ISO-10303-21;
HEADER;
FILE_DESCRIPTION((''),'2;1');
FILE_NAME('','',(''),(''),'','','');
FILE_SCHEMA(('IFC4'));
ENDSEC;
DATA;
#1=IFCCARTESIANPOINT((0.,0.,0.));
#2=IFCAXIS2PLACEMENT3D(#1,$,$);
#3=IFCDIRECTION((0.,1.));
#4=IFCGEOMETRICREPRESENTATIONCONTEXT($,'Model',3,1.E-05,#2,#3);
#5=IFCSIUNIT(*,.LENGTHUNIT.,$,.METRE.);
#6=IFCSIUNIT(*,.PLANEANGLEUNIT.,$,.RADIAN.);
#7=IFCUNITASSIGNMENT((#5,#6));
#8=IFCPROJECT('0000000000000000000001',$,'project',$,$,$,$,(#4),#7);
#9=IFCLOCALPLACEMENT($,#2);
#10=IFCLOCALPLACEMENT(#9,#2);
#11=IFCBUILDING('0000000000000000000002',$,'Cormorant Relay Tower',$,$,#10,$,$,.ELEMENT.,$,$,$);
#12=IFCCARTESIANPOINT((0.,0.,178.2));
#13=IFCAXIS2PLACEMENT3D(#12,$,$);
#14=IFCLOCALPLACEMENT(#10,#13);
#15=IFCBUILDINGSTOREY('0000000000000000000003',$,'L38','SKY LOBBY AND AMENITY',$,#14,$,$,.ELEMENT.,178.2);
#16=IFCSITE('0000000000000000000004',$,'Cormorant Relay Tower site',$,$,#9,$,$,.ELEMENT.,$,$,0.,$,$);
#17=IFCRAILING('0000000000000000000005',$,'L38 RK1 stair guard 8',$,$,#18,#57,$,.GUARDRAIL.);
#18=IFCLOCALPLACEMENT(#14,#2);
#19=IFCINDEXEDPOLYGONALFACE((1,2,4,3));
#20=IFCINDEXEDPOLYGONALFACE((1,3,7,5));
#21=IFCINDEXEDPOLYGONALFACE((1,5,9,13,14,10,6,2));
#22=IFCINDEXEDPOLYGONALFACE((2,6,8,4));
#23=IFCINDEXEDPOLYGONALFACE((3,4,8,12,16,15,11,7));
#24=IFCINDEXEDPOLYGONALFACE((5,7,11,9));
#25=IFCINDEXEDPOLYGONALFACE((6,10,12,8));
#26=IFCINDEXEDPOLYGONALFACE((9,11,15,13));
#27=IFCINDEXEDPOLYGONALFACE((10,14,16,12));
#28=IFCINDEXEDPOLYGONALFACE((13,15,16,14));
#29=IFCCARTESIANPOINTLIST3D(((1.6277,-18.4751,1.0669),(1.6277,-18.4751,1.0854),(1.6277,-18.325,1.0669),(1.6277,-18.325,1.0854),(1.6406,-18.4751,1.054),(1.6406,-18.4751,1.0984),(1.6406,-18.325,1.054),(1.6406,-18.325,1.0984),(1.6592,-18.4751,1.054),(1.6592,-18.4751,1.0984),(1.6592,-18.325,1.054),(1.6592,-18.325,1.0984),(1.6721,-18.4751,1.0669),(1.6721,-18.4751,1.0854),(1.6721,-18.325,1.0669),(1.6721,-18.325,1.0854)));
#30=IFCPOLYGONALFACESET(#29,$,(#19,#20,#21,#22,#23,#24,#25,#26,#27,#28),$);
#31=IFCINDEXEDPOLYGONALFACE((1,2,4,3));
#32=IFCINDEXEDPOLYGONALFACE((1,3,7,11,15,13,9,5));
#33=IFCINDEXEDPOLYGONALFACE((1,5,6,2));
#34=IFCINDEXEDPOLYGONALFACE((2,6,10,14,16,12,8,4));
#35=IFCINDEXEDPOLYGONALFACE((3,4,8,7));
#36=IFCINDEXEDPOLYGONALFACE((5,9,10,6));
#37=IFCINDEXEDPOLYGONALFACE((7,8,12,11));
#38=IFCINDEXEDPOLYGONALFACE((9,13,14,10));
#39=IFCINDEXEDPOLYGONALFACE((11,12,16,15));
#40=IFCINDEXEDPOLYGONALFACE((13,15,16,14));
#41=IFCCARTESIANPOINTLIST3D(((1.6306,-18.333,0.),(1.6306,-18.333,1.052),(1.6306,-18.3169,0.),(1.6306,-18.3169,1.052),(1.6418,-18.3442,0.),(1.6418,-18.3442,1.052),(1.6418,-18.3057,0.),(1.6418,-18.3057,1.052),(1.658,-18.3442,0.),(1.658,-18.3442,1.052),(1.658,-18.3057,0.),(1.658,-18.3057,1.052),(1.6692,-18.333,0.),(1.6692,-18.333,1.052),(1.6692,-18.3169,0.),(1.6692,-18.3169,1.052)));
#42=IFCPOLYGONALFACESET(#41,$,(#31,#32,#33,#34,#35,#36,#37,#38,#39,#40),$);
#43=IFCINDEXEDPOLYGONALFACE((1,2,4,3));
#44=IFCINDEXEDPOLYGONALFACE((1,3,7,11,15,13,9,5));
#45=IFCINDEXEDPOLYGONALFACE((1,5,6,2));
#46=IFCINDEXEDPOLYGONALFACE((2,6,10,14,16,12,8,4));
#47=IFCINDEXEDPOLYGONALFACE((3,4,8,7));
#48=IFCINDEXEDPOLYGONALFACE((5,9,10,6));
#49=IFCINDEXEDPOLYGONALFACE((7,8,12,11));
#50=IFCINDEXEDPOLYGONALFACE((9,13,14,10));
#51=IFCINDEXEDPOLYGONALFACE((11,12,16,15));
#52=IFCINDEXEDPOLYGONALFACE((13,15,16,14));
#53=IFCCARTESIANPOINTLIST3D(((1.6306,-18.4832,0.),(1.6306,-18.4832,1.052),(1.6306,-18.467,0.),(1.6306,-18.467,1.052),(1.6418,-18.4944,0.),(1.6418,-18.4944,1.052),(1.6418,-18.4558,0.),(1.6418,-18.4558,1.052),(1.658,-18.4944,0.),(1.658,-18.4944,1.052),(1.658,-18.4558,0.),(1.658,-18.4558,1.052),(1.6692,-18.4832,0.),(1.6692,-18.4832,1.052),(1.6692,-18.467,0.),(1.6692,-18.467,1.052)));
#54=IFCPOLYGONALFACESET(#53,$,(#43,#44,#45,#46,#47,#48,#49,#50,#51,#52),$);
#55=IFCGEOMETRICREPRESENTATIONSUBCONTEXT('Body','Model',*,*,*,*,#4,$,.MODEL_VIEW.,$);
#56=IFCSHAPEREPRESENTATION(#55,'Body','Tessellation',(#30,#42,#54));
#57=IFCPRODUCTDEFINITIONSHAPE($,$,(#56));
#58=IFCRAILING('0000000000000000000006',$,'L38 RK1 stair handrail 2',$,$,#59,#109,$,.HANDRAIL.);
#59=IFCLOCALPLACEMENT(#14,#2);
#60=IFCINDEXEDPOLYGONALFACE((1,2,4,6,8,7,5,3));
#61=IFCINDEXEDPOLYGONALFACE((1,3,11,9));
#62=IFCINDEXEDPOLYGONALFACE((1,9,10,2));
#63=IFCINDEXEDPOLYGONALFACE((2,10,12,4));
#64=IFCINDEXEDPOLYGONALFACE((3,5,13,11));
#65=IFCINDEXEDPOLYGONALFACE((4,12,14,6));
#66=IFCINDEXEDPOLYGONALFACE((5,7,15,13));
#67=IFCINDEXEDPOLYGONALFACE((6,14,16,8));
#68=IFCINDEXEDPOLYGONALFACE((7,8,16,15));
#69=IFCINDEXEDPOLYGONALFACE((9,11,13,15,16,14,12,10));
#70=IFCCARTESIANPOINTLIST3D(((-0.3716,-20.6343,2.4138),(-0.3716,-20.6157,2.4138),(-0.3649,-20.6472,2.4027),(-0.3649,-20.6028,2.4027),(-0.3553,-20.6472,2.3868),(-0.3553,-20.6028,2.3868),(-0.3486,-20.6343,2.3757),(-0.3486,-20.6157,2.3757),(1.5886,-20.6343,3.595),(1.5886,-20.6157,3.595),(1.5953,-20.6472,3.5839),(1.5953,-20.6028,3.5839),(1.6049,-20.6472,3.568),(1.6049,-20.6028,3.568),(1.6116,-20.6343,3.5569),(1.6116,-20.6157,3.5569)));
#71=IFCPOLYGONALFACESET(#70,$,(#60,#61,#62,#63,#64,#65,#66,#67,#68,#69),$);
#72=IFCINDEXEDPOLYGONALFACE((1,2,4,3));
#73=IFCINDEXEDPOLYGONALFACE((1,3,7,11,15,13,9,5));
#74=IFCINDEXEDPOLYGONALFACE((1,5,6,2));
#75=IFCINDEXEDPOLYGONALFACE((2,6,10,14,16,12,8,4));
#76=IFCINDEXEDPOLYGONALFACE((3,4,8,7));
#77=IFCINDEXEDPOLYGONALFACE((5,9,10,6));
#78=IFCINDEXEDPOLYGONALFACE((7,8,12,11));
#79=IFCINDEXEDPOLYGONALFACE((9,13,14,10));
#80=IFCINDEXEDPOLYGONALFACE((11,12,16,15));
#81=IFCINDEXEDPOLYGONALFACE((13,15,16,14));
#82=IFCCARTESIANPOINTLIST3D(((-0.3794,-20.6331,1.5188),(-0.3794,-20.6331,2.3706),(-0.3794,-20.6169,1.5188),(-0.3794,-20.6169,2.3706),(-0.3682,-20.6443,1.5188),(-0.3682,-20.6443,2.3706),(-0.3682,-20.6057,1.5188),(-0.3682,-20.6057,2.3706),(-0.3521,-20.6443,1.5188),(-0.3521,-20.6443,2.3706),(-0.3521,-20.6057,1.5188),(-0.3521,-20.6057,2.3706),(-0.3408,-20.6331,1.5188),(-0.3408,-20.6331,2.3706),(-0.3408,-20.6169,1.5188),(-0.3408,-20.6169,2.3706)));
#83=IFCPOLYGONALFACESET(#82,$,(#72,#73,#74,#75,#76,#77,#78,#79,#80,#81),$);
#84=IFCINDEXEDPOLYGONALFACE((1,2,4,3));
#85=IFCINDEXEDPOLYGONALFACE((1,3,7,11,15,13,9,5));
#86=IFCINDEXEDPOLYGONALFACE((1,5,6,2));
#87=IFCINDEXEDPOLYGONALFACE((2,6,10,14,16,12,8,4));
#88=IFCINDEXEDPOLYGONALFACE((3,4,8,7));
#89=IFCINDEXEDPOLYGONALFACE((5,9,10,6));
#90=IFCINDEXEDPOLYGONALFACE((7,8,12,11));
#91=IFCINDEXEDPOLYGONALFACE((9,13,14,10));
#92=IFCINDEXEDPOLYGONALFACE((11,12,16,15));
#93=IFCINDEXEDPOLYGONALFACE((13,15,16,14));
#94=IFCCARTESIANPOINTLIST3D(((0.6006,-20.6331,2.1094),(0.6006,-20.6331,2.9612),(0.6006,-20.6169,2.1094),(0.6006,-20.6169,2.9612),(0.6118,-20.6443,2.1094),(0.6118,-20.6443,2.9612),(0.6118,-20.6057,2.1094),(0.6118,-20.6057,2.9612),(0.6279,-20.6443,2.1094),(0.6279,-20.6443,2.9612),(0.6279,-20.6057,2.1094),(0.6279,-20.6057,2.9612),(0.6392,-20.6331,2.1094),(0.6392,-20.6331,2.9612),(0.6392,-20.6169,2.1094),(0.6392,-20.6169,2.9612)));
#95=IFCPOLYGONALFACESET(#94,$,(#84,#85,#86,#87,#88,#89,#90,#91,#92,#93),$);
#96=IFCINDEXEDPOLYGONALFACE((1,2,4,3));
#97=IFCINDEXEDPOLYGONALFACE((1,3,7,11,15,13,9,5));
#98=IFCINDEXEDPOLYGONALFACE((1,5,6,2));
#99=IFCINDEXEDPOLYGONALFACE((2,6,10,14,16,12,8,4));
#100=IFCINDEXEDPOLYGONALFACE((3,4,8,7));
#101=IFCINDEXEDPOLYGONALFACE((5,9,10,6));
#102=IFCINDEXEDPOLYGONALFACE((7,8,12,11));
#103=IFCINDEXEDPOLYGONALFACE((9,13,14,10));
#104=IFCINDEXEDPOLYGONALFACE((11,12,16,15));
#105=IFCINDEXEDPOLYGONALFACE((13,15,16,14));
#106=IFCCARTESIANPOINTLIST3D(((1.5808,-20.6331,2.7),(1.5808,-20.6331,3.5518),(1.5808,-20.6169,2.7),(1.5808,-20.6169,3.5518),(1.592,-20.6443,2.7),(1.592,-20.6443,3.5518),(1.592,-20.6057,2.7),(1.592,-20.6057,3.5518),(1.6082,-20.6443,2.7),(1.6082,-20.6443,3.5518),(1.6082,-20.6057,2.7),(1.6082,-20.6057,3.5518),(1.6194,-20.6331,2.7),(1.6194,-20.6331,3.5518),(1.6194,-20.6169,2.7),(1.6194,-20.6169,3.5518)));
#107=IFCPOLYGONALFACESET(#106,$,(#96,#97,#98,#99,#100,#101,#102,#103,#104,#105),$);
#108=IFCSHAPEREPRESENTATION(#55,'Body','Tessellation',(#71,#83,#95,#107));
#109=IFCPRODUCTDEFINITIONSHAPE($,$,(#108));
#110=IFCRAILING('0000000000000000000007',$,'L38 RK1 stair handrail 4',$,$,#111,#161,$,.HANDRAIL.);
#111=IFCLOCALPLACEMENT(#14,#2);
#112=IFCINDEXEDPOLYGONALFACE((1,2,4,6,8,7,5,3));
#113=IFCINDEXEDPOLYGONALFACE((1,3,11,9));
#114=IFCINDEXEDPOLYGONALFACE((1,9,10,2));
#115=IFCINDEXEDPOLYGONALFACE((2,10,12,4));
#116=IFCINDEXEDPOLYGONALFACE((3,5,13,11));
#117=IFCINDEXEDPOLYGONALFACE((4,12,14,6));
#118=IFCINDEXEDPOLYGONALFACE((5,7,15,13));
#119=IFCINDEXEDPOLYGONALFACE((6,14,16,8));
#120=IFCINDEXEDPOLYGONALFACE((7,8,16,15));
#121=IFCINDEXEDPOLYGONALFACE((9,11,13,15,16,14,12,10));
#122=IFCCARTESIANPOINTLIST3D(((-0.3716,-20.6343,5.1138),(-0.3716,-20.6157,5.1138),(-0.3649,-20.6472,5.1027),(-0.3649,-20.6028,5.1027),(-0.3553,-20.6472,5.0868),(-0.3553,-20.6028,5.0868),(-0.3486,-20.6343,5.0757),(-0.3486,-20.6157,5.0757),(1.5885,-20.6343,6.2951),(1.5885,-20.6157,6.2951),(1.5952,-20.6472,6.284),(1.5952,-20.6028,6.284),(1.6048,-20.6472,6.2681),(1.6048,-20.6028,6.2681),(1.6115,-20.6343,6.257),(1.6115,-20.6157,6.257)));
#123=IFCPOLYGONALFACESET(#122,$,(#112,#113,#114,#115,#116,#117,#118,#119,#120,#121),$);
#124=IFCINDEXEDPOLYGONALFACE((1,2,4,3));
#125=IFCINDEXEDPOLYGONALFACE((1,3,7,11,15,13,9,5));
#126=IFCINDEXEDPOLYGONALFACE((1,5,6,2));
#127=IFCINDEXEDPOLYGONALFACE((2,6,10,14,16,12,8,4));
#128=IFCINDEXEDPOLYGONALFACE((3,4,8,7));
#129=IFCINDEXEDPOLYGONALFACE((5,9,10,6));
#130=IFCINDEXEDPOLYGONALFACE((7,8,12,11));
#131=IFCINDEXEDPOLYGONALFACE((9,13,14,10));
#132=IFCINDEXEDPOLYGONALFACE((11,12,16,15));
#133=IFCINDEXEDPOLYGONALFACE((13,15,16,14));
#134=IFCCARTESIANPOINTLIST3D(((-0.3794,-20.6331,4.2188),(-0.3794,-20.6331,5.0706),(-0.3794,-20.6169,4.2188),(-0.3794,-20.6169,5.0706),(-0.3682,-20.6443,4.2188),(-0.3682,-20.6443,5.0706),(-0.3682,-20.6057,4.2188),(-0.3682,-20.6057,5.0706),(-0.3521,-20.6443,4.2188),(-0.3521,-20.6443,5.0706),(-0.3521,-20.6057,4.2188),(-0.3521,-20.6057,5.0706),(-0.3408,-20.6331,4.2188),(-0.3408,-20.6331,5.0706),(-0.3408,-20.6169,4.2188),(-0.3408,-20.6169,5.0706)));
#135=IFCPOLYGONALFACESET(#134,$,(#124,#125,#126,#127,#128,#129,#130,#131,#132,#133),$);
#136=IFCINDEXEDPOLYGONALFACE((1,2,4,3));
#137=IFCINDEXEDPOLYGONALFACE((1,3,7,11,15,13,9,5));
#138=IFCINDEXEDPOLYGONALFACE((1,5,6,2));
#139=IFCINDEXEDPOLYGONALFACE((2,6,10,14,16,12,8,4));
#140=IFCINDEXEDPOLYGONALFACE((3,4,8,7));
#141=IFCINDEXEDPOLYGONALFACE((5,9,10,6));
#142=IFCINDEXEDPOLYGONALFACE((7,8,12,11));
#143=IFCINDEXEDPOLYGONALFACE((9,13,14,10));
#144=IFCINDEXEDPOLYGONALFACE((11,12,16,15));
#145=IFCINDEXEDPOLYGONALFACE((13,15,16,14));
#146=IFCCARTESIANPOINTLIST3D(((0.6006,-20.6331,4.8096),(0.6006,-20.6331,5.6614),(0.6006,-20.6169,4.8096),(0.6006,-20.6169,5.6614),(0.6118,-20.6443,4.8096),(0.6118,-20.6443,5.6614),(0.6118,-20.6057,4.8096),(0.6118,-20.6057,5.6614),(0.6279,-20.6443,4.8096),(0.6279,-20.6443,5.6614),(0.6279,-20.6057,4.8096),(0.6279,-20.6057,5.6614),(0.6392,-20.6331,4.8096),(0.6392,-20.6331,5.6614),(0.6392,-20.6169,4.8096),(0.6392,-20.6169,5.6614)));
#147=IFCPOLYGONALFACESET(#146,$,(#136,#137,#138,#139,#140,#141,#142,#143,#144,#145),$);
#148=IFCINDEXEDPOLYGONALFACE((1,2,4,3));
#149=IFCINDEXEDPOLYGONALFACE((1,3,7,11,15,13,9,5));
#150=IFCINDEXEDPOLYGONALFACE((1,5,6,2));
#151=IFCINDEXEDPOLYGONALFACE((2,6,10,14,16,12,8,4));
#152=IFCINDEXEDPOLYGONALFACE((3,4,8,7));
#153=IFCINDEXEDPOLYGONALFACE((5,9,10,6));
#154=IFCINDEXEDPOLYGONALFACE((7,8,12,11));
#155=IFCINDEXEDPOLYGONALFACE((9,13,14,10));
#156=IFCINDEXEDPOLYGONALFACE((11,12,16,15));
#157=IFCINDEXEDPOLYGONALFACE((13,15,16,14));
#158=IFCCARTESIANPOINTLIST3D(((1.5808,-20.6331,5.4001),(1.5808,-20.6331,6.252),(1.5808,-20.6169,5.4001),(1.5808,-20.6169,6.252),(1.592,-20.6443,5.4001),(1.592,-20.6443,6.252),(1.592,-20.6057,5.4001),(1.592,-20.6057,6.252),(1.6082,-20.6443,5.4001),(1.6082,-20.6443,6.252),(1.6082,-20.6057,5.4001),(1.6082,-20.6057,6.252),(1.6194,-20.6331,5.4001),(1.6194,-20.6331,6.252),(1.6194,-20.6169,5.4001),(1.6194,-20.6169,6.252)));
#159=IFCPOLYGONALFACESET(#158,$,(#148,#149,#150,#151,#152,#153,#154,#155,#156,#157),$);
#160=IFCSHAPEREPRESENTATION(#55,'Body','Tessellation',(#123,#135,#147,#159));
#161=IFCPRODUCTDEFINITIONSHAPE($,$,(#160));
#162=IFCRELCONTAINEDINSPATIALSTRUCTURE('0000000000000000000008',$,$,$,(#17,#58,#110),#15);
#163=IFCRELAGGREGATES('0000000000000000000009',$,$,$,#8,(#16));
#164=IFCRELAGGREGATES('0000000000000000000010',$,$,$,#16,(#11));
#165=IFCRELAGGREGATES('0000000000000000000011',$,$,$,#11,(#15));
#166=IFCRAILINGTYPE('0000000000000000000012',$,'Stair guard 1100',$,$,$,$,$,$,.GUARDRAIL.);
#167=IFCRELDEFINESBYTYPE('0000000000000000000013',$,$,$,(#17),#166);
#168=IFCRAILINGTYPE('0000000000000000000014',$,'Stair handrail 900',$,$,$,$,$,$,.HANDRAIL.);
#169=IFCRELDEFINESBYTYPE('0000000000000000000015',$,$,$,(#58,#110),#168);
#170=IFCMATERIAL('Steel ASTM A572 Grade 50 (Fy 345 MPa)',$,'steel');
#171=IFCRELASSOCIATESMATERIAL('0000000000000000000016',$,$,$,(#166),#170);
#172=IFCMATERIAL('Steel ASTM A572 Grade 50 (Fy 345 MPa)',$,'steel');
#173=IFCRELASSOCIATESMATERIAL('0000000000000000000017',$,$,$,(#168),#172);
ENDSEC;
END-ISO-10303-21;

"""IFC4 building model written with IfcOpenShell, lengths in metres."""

from ifc_helpers import new_model, si_unit, direction, frame, origin, place, context, subcontext, project, spatial, polyline, outline, extrude, material, type_object, element, save


model = new_model("IFC4")

# Units and contexts
model_context = context("Model", 3, precision=1e-05, world=origin(), true_north=direction((0.0, 1.0)))
body_context = subcontext(model_context, "Body", "Model", "MODEL_VIEW")
ifc_project = project(units=[si_unit("LENGTHUNIT", "METRE"), si_unit("PLANEANGLEUNIT", "RADIAN")], contexts=[model_context])

# Site, building, storey
site_placement = place(None, origin())
site = spatial("IfcSite", under=ifc_project, at=site_placement, Name="Cormorant Relay Tower site", CompositionType="ELEMENT", RefElevation=0.0)
building_placement = place(site_placement, origin())
building = spatial("IfcBuilding", under=site, at=building_placement, Name="Cormorant Relay Tower", CompositionType="ELEMENT")
storey_placement = place(building_placement, frame((0.0, 0.0, 178.2)))
storey = spatial("IfcBuildingStorey", under=building, at=storey_placement, Name="L38", Description="SKY LOBBY AND AMENITY", CompositionType="ELEMENT", Elevation=178.2)

# Railings
ifc_material_1 = material(Name="Steel ASTM A572 Grade 50 (Fy 345 MPa)", Category="steel")
railing_type_1 = type_object("IfcRailingType", Name="Stair guard 1100", PredefinedType="GUARDRAIL", material=ifc_material_1)
railing_1_placement = place(storey_placement, frame((1.6499, -18.325, 0.0)))
element("IfcRailing", 1, at=railing_1_placement, inside=storey, type_object=railing_type_1, Name="L38 RK1 stair guard 8", PredefinedType="GUARDRAIL", context=body_context, shape_type="SweptSolid", body=[
    extrude(outline(polyline([(0.0222, 0.0093), (0.0093, 0.0222), (-0.0093, 0.0222), (-0.0222, 0.0093), (-0.0222, -0.0093), (-0.0093, -0.0222), (0.0093, -0.0222), (0.0222, -0.0093), (0.0222, 0.0093)])), frame((0.0, 0.0, 1.0762), z_axis=(0.0, -1.0, 0.0), x_axis=(1.0, 0.0, 0.0)), (0.0, 0.0, 1.0), 0.1501),
    extrude(outline(polyline([(0.0193, 0.0081), (0.0081, 0.0193), (-0.0081, 0.0193), (-0.0193, 0.0081), (-0.0193, -0.0081), (-0.0081, -0.0193), (0.0081, -0.0193), (0.0193, -0.0081), (0.0193, 0.0081)])), origin(), (0.0, 0.0, 1.0), 1.052),
    extrude(outline(polyline([(0.0193, 0.0081), (0.0081, 0.0193), (-0.0081, 0.0193), (-0.0193, 0.0081), (-0.0193, -0.0081), (-0.0081, -0.0193), (0.0081, -0.0193), (0.0193, -0.0081), (0.0193, 0.0081)])), frame((0.0, -0.1501, 0.0)), (0.0, 0.0, 1.0), 1.052),
])
ifc_material_2 = material(Name="Steel ASTM A572 Grade 50 (Fy 345 MPa)", Category="steel")
railing_type_2 = type_object("IfcRailingType", Name="Stair handrail 900", PredefinedType="HANDRAIL", material=ifc_material_2)
railing_2_placement = place(storey_placement, frame((-0.3601, -20.625, 1.5188)))
element("IfcRailing", 2, at=railing_2_placement, inside=storey, type_object=railing_type_2, Name="L38 RK1 stair handrail 2", PredefinedType="HANDRAIL", context=body_context, shape_type="SweptSolid", body=[
    extrude(outline(polyline([(0.0222, 0.0093), (0.0093, 0.0222), (-0.0093, 0.0222), (-0.0222, 0.0093), (-0.0222, -0.0093), (-0.0093, -0.0222), (0.0093, -0.0222), (0.0222, -0.0093), (0.0222, 0.0093)])), frame((0.0, 0.0, 0.876), z_axis=(0.856522, 0.0, 0.516111), x_axis=(0.0, 1.0, 0.0)), (0.0, 0.0, 1.0), 2.2886),
    extrude(outline(polyline([(0.0193, 0.0081), (0.0081, 0.0193), (-0.0081, 0.0193), (-0.0193, 0.0081), (-0.0193, -0.0081), (-0.0081, -0.0193), (0.0081, -0.0193), (0.0193, -0.0081), (0.0193, 0.0081)])), origin(), (0.0, 0.0, 1.0), 0.8518),
    extrude(outline(polyline([(0.0193, 0.0081), (0.0081, 0.0193), (-0.0081, 0.0193), (-0.0193, 0.0081), (-0.0193, -0.0081), (-0.0081, -0.0193), (0.0081, -0.0193), (0.0193, -0.0081), (0.0193, 0.0081)])), frame((0.98, 0.0, 0.5906)), (0.0, 0.0, 1.0), 0.8518),
    extrude(outline(polyline([(0.0193, 0.0081), (0.0081, 0.0193), (-0.0081, 0.0193), (-0.0193, 0.0081), (-0.0193, -0.0081), (-0.0081, -0.0193), (0.0081, -0.0193), (0.0193, -0.0081), (0.0193, 0.0081)])), frame((1.9602, 0.0, 1.1812)), (0.0, 0.0, 1.0), 0.8518),
])
railing_3_placement = place(storey_placement, frame((-0.3601, -20.625, 4.2188)))
element("IfcRailing", 3, at=railing_3_placement, inside=storey, type_object=railing_type_2, Name="L38 RK1 stair handrail 4", PredefinedType="HANDRAIL", context=body_context, shape_type="SweptSolid", body=[
    extrude(outline(polyline([(0.0222, 0.0093), (0.0093, 0.0222), (-0.0093, 0.0222), (-0.0222, 0.0093), (-0.0222, -0.0093), (-0.0093, -0.0222), (0.0093, -0.0222), (0.0222, -0.0093), (0.0222, 0.0093)])), frame((0.0, 0.0, 0.876), z_axis=(0.856475, 0.0, 0.516189), x_axis=(0.0, 1.0, 0.0)), (0.0, 0.0, 1.0), 2.2886),
    extrude(outline(polyline([(0.0193, 0.0081), (0.0081, 0.0193), (-0.0081, 0.0193), (-0.0193, 0.0081), (-0.0193, -0.0081), (-0.0081, -0.0193), (0.0081, -0.0193), (0.0193, -0.0081), (0.0193, 0.0081)])), origin(), (0.0, 0.0, 1.0), 0.8518),
    extrude(outline(polyline([(0.0193, 0.0081), (0.0081, 0.0193), (-0.0081, 0.0193), (-0.0193, 0.0081), (-0.0193, -0.0081), (-0.0081, -0.0193), (0.0081, -0.0193), (0.0193, -0.0081), (0.0193, 0.0081)])), frame((0.98, 0.0, 0.5908)), (0.0, 0.0, 1.0), 0.8518),
    extrude(outline(polyline([(0.0193, 0.0081), (0.0081, 0.0193), (-0.0081, 0.0193), (-0.0193, 0.0081), (-0.0193, -0.0081), (-0.0081, -0.0193), (0.0081, -0.0193), (0.0193, -0.0081), (0.0193, 0.0081)])), frame((1.9602, 0.0, 1.1814)), (0.0, 0.0, 1.0), 0.8518),
])

save(model, "model.ifc")
